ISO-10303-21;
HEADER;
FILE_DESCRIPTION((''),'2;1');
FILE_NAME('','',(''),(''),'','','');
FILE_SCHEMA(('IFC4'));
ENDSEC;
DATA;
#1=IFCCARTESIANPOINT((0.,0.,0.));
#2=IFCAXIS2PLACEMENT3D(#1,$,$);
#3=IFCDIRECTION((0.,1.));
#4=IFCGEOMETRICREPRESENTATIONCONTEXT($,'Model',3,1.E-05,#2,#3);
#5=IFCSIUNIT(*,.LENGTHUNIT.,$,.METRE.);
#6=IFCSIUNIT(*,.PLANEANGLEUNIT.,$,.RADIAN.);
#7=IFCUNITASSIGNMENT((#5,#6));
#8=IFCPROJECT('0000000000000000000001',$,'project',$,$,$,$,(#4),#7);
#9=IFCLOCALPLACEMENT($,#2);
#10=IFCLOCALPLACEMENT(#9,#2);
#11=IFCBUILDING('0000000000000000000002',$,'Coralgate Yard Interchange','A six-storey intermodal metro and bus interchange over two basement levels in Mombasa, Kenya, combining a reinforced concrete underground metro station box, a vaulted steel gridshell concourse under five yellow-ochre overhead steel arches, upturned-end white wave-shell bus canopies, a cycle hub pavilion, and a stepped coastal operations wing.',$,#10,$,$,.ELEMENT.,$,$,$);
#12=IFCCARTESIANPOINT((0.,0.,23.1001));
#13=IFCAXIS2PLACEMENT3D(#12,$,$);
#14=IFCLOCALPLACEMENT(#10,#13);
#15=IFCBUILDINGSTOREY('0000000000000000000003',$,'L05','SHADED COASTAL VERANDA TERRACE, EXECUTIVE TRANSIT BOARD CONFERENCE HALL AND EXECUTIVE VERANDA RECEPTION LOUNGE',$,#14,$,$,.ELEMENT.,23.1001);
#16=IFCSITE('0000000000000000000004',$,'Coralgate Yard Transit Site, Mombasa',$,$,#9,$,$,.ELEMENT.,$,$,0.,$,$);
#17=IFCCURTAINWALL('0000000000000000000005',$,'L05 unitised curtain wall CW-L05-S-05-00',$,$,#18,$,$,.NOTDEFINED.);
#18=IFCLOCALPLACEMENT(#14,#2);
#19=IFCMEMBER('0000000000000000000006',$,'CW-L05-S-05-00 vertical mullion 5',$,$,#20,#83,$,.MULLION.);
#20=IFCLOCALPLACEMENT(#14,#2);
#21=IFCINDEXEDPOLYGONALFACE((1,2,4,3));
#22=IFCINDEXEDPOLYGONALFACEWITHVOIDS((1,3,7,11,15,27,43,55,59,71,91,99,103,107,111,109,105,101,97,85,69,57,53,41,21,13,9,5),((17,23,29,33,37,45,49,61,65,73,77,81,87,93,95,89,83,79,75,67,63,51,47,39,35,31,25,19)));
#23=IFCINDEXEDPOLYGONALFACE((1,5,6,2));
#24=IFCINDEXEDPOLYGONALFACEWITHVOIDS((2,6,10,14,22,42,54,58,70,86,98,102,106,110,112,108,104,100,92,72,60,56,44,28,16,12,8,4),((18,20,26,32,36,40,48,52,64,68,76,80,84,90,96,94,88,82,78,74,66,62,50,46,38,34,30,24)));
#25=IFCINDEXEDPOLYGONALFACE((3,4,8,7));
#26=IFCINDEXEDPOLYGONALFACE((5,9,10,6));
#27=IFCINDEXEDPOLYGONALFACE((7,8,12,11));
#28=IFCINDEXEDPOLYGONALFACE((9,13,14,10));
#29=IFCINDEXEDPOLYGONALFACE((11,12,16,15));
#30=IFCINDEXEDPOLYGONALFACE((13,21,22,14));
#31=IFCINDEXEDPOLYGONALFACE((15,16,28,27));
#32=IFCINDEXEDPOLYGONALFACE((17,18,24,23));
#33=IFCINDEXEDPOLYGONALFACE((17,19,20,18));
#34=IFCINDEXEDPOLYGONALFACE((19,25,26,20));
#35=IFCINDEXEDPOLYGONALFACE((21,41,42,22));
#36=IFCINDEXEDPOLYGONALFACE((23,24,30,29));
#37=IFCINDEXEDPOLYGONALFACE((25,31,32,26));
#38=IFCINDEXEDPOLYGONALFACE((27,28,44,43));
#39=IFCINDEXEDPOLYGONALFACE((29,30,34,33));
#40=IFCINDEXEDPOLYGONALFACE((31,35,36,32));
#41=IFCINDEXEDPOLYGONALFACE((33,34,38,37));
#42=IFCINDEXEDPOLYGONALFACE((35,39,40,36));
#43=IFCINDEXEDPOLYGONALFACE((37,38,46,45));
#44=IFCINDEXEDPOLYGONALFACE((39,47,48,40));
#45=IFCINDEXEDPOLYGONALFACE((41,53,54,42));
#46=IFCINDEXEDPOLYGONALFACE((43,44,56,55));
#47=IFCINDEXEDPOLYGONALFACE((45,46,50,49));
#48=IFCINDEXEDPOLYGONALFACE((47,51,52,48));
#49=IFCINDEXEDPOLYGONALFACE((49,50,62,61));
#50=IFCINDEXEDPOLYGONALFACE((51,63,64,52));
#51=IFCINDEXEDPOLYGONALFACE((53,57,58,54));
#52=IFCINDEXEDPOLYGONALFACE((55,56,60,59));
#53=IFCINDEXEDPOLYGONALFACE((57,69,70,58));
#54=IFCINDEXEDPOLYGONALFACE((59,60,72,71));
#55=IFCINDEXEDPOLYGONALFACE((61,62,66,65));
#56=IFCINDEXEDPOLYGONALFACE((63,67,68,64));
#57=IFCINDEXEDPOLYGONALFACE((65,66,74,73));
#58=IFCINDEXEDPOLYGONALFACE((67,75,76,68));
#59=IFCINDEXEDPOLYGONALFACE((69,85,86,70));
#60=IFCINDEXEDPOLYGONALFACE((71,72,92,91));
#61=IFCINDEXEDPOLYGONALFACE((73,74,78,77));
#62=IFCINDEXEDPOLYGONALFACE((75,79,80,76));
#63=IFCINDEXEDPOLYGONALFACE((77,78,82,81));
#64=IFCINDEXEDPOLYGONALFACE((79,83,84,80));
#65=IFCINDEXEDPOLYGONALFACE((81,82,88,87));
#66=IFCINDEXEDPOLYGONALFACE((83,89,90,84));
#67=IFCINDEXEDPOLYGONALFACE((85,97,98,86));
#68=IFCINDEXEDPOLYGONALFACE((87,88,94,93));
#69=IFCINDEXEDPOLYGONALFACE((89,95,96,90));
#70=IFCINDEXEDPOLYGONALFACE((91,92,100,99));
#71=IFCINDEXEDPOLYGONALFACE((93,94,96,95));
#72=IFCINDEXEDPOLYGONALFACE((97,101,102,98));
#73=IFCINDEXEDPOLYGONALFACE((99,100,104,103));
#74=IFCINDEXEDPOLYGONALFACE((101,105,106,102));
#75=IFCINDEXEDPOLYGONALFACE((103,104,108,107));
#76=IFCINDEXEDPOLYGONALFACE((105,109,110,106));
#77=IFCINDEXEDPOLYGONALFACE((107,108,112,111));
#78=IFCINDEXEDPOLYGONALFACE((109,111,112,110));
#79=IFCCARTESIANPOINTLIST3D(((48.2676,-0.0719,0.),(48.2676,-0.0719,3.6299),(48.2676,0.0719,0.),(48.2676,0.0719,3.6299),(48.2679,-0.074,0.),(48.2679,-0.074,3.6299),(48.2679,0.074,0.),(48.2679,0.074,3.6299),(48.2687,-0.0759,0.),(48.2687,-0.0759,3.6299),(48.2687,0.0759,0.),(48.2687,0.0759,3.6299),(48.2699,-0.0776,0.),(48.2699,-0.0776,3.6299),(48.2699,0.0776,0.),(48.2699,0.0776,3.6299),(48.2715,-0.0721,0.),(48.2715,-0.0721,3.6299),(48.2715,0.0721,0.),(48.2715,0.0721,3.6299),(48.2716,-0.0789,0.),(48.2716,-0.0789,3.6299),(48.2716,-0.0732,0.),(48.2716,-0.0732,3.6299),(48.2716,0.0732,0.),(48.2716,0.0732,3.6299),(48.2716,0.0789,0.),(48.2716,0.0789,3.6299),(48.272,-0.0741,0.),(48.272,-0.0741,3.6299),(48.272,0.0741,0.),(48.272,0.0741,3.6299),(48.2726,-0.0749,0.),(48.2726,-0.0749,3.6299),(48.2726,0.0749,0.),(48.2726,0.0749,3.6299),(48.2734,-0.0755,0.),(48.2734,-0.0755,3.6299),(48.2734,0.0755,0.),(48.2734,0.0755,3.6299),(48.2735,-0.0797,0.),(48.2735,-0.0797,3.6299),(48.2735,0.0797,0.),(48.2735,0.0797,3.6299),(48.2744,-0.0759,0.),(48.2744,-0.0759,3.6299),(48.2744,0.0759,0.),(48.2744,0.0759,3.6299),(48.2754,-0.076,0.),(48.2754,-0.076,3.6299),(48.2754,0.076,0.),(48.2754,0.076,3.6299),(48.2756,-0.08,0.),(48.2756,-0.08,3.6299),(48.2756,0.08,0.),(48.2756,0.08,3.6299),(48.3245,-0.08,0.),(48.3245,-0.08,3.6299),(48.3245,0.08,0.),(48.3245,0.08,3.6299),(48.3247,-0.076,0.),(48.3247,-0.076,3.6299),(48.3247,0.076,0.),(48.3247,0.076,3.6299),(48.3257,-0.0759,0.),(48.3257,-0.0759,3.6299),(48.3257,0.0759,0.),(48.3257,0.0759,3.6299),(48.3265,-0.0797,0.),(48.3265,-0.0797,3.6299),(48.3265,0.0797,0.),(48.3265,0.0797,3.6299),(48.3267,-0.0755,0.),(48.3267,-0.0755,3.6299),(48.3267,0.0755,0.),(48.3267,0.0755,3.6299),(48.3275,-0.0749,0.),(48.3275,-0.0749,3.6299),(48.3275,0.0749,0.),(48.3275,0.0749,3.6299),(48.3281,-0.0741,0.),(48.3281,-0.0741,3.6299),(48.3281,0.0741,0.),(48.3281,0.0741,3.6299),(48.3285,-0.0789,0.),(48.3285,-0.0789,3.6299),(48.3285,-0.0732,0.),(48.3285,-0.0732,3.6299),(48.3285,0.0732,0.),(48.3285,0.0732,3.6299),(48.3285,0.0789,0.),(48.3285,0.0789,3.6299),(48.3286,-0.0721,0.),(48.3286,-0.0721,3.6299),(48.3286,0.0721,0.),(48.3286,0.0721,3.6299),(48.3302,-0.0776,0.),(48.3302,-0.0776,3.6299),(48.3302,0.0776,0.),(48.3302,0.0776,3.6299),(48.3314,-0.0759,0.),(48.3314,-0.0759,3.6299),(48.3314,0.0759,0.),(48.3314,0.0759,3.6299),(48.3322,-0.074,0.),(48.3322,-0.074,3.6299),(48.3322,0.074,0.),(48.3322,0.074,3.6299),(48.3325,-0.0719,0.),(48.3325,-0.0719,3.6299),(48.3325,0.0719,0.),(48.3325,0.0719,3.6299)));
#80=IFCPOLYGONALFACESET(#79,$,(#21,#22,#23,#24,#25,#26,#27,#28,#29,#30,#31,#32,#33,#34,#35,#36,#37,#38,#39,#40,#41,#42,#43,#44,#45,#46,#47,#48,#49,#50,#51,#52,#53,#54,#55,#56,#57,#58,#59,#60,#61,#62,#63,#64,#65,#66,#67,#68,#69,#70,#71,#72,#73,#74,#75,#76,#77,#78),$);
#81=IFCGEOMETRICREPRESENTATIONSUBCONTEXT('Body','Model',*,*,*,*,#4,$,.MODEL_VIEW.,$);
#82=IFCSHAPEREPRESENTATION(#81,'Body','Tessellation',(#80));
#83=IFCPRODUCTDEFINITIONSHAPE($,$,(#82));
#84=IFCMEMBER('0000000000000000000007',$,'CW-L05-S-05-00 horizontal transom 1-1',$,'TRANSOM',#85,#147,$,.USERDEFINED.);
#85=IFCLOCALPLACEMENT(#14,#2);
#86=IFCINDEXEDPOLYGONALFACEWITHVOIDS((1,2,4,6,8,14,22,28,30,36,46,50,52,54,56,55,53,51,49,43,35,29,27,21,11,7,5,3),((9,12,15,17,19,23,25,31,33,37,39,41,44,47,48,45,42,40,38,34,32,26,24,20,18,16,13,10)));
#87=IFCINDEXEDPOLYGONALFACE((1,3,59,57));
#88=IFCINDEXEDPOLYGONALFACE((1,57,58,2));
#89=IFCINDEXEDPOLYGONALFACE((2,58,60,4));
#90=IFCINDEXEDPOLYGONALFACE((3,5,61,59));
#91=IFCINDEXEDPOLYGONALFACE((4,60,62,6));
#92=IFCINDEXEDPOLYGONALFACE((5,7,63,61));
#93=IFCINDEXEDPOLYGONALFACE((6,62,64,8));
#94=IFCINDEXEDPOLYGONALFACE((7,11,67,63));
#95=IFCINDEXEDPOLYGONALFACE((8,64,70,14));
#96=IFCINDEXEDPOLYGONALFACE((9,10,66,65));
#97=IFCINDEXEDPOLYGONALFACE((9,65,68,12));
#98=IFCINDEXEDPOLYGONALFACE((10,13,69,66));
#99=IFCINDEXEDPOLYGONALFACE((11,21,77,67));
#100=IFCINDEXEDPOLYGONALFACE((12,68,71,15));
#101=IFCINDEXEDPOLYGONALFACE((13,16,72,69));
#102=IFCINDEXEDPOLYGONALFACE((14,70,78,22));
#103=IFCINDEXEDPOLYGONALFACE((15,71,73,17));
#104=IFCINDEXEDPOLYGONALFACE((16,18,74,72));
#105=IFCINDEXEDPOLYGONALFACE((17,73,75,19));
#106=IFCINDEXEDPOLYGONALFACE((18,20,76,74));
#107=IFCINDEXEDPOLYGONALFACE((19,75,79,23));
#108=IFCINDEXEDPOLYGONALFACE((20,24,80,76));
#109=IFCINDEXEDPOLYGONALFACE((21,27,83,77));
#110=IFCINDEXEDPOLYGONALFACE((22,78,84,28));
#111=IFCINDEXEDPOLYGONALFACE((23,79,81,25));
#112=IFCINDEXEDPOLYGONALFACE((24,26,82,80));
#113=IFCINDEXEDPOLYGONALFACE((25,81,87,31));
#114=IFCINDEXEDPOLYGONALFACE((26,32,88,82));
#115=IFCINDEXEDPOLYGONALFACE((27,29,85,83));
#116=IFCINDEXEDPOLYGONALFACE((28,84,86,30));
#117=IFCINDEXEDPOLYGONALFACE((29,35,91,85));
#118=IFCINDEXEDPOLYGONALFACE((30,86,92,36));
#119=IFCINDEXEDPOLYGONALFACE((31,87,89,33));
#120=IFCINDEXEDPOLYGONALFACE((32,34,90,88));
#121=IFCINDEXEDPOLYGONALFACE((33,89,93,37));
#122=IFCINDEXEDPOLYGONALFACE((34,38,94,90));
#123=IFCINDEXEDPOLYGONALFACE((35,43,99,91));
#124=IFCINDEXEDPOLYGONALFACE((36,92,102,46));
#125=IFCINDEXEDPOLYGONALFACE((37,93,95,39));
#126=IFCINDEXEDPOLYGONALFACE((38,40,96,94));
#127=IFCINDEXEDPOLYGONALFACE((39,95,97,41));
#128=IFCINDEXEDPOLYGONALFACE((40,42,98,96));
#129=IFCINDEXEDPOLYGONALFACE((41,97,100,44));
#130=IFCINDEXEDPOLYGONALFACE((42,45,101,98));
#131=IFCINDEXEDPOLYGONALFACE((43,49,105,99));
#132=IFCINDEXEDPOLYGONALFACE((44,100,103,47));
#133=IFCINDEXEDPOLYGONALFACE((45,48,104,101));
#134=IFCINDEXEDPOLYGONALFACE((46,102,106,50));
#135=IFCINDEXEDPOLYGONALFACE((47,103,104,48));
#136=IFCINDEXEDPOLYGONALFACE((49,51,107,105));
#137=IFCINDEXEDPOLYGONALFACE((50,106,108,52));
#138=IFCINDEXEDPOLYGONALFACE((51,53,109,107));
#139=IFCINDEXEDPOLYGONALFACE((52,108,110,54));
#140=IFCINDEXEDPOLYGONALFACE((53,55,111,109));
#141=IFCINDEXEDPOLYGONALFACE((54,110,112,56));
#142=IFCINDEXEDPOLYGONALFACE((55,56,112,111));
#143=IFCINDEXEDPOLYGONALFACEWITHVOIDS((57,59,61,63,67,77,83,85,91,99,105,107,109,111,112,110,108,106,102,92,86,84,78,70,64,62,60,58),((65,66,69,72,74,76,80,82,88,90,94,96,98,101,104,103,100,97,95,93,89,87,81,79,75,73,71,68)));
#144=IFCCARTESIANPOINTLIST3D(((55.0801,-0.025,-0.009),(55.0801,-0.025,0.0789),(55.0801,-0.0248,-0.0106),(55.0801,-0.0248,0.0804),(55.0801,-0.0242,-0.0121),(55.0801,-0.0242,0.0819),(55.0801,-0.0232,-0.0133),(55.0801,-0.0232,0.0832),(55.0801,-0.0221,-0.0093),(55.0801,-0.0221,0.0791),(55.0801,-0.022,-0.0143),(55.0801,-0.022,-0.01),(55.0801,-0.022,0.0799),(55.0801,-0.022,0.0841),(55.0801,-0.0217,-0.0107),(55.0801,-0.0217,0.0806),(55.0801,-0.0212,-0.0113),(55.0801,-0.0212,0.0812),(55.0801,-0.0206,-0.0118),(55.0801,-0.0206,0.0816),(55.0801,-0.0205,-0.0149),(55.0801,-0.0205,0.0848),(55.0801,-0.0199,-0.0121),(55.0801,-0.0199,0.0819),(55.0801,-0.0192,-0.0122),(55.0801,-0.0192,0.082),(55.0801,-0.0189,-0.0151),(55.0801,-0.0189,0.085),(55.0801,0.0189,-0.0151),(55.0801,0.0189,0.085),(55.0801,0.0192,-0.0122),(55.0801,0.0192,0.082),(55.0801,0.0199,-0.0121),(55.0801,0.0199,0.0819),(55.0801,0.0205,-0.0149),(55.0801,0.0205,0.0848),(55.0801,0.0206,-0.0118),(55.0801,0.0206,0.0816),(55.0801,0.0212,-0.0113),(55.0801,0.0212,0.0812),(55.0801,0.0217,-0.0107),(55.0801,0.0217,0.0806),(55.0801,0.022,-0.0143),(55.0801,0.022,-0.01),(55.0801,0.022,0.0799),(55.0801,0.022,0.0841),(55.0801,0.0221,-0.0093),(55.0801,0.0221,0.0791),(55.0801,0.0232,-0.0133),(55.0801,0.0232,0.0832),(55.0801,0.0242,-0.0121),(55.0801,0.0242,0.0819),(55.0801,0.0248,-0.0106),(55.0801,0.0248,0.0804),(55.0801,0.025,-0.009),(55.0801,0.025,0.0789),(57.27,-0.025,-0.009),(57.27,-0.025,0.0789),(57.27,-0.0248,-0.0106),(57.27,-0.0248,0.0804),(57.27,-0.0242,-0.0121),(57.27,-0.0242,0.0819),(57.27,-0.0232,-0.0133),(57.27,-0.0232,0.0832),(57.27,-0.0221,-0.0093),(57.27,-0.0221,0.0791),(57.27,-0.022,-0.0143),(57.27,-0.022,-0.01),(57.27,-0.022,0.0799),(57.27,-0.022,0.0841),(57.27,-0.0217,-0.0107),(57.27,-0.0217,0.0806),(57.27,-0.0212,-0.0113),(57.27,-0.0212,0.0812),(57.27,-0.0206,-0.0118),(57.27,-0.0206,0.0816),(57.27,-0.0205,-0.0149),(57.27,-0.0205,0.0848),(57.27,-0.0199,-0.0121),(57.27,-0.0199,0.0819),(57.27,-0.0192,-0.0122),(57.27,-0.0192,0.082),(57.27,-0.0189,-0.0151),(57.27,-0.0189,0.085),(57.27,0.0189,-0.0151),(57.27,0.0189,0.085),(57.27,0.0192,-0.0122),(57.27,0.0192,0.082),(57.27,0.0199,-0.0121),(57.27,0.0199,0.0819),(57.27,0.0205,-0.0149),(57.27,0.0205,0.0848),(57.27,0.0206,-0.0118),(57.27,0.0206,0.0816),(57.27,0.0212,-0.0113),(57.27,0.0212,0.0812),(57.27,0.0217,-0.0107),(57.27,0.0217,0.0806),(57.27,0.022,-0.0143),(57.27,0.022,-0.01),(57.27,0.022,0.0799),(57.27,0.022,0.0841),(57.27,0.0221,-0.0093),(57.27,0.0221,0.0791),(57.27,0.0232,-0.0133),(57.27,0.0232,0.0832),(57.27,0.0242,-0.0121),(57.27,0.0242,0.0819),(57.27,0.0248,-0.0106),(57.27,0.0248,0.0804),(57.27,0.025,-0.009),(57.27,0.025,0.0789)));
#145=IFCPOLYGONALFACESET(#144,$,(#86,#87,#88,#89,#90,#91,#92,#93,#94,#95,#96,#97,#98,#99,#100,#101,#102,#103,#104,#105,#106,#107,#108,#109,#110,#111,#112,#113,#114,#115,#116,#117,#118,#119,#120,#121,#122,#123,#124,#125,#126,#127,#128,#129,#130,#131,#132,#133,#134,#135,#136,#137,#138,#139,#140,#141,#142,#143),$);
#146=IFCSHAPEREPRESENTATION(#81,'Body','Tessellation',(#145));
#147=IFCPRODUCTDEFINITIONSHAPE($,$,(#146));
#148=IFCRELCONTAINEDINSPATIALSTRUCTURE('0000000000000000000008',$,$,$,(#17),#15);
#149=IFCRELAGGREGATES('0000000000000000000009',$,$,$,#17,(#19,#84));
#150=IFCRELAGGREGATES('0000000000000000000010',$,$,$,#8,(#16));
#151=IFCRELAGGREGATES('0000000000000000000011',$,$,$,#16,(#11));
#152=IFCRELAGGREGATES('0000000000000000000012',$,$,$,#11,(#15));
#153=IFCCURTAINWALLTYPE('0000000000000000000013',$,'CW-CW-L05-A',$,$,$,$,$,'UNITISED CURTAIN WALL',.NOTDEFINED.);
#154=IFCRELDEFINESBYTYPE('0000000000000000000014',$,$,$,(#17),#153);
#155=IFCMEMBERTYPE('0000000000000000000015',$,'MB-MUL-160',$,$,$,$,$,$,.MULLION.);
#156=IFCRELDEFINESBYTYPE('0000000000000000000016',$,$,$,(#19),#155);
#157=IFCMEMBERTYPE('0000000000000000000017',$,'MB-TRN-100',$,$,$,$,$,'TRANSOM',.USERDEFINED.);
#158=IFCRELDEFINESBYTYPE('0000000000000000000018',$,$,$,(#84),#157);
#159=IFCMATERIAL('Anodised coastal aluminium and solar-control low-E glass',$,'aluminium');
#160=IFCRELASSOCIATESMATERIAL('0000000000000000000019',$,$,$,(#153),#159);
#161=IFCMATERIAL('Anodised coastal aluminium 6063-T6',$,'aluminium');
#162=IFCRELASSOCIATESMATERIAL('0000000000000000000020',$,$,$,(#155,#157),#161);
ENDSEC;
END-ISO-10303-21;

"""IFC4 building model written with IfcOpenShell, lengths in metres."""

from ifc_helpers import new_model, si_unit, direction, frame, origin, origin_2d, place, context, subcontext, project, spatial, hollow_rectangle, extrude, material, material_profile, profile_set, type_object, element, aggregate, save


model = new_model("IFC4")

# Units and contexts
model_context = context("Model", 3, precision=1e-05, world=origin(), true_north=direction((0.0, 1.0)))
body_context = subcontext(model_context, "Body", "Model", "MODEL_VIEW")
ifc_project = project(units=[si_unit("LENGTHUNIT", "METRE"), si_unit("PLANEANGLEUNIT", "RADIAN")], contexts=[model_context])

# Site, building, storey
site_placement = place(None, origin())
site = spatial("IfcSite", under=ifc_project, at=site_placement, Name="Coralgate Yard Transit Site, Mombasa", CompositionType="ELEMENT", RefElevation=0.0)
building_placement = place(site_placement, origin())
building = spatial("IfcBuilding", under=site, at=building_placement, Name="Coralgate Yard Interchange", Description="A six-storey intermodal metro and bus interchange over two basement levels in Mombasa, Kenya, combining a reinforced concrete underground metro station box, a vaulted steel gridshell concourse under five yellow-ochre overhead steel arches, upturned-end white wave-shell bus canopies, a cycle hub pavilion, and a stepped coastal operations wing.", CompositionType="ELEMENT")
storey_placement = place(building_placement, frame((0.0, 0.0, 23.1001)))
storey = spatial("IfcBuildingStorey", under=building, at=storey_placement, Name="L05", Description="SHADED COASTAL VERANDA TERRACE, EXECUTIVE TRANSIT BOARD CONFERENCE HALL AND EXECUTIVE VERANDA RECEPTION LOUNGE", CompositionType="ELEMENT", Elevation=23.1001)

# Curtain wall, members
ifc_material_1 = material(Name="Anodised coastal aluminium and solar-control low-E glass", Category="aluminium")
curtain_wall_type = type_object("IfcCurtainWallType", Name="CW-CW-L05-A", ElementType="UNITISED CURTAIN WALL", PredefinedType="NOTDEFINED", material=ifc_material_1)
curtain_wall_placement = place(storey_placement, origin())
curtain_wall = element("IfcCurtainWall", 1, at=curtain_wall_placement, inside=storey, type_object=curtain_wall_type, Name="L05 unitised curtain wall CW-L05-S-05-00", PredefinedType="NOTDEFINED")
ifc_material_2 = material(Name="Anodised coastal aluminium 6063-T6", Category="aluminium")
ifc_material_profile_1 = material_profile(ifc_material_2, hollow_rectangle(XDim=0.0649, YDim=0.1599, WallThickness=0.0039, InnerFilletRadius=0.0039, OuterFilletRadius=0.0081, at=origin_2d()), Name="ALU 65x160x4")
ifc_profile_set_1 = profile_set([ifc_material_profile_1], Name="Anodised coastal aluminium 6063-T6")
member_type_1 = type_object("IfcMemberType", Name="MB-MUL-160", PredefinedType="MULLION", material=ifc_profile_set_1)
member_1_placement = place(storey_placement, frame((48.3, 0.0, 0.0), z_axis=(0.0, 0.0, 1.0), x_axis=(1.0, 0.0, 0.0)))
member_1 = element("IfcMember", 2, at=member_1_placement, type_object=member_type_1, Name="CW-L05-S-05-00 vertical mullion 5", PredefinedType="MULLION", context=body_context, shape_type="SweptSolid", body=[
    extrude(hollow_rectangle(XDim=0.0649, YDim=0.1599, WallThickness=0.0039, InnerFilletRadius=0.0039, OuterFilletRadius=0.0081, at=origin_2d()), origin(), (0.0, 0.0, 1.0), 3.6299),
])
ifc_material_profile_2 = material_profile(ifc_material_2, hollow_rectangle(XDim=0.05, YDim=0.1001, WallThickness=0.0029, InnerFilletRadius=0.0029, OuterFilletRadius=0.0061, at=origin_2d()), Name="ALU 50x100x3")
ifc_profile_set_2 = profile_set([ifc_material_profile_2], Name="Anodised coastal aluminium 6063-T6")
member_type_2 = type_object("IfcMemberType", Name="MB-TRN-100", ElementType="TRANSOM", PredefinedType="USERDEFINED", material=ifc_profile_set_2)
member_2_placement = place(storey_placement, frame((57.27, 0.0, 0.0349), z_axis=(-1.0, 0.0, 0.0), x_axis=(0.0, -1.0, 0.0)))
member_2 = element("IfcMember", 3, at=member_2_placement, type_object=member_type_2, Name="CW-L05-S-05-00 horizontal transom 1-1", ObjectType="TRANSOM", PredefinedType="USERDEFINED", context=body_context, shape_type="SweptSolid", body=[
    extrude(hollow_rectangle(XDim=0.05, YDim=0.1001, WallThickness=0.0029, InnerFilletRadius=0.0029, OuterFilletRadius=0.0061, at=origin_2d()), origin(), (0.0, 0.0, 1.0), 2.1899),
])
aggregate(curtain_wall, [member_1, member_2])

save(model, "model.ifc")
